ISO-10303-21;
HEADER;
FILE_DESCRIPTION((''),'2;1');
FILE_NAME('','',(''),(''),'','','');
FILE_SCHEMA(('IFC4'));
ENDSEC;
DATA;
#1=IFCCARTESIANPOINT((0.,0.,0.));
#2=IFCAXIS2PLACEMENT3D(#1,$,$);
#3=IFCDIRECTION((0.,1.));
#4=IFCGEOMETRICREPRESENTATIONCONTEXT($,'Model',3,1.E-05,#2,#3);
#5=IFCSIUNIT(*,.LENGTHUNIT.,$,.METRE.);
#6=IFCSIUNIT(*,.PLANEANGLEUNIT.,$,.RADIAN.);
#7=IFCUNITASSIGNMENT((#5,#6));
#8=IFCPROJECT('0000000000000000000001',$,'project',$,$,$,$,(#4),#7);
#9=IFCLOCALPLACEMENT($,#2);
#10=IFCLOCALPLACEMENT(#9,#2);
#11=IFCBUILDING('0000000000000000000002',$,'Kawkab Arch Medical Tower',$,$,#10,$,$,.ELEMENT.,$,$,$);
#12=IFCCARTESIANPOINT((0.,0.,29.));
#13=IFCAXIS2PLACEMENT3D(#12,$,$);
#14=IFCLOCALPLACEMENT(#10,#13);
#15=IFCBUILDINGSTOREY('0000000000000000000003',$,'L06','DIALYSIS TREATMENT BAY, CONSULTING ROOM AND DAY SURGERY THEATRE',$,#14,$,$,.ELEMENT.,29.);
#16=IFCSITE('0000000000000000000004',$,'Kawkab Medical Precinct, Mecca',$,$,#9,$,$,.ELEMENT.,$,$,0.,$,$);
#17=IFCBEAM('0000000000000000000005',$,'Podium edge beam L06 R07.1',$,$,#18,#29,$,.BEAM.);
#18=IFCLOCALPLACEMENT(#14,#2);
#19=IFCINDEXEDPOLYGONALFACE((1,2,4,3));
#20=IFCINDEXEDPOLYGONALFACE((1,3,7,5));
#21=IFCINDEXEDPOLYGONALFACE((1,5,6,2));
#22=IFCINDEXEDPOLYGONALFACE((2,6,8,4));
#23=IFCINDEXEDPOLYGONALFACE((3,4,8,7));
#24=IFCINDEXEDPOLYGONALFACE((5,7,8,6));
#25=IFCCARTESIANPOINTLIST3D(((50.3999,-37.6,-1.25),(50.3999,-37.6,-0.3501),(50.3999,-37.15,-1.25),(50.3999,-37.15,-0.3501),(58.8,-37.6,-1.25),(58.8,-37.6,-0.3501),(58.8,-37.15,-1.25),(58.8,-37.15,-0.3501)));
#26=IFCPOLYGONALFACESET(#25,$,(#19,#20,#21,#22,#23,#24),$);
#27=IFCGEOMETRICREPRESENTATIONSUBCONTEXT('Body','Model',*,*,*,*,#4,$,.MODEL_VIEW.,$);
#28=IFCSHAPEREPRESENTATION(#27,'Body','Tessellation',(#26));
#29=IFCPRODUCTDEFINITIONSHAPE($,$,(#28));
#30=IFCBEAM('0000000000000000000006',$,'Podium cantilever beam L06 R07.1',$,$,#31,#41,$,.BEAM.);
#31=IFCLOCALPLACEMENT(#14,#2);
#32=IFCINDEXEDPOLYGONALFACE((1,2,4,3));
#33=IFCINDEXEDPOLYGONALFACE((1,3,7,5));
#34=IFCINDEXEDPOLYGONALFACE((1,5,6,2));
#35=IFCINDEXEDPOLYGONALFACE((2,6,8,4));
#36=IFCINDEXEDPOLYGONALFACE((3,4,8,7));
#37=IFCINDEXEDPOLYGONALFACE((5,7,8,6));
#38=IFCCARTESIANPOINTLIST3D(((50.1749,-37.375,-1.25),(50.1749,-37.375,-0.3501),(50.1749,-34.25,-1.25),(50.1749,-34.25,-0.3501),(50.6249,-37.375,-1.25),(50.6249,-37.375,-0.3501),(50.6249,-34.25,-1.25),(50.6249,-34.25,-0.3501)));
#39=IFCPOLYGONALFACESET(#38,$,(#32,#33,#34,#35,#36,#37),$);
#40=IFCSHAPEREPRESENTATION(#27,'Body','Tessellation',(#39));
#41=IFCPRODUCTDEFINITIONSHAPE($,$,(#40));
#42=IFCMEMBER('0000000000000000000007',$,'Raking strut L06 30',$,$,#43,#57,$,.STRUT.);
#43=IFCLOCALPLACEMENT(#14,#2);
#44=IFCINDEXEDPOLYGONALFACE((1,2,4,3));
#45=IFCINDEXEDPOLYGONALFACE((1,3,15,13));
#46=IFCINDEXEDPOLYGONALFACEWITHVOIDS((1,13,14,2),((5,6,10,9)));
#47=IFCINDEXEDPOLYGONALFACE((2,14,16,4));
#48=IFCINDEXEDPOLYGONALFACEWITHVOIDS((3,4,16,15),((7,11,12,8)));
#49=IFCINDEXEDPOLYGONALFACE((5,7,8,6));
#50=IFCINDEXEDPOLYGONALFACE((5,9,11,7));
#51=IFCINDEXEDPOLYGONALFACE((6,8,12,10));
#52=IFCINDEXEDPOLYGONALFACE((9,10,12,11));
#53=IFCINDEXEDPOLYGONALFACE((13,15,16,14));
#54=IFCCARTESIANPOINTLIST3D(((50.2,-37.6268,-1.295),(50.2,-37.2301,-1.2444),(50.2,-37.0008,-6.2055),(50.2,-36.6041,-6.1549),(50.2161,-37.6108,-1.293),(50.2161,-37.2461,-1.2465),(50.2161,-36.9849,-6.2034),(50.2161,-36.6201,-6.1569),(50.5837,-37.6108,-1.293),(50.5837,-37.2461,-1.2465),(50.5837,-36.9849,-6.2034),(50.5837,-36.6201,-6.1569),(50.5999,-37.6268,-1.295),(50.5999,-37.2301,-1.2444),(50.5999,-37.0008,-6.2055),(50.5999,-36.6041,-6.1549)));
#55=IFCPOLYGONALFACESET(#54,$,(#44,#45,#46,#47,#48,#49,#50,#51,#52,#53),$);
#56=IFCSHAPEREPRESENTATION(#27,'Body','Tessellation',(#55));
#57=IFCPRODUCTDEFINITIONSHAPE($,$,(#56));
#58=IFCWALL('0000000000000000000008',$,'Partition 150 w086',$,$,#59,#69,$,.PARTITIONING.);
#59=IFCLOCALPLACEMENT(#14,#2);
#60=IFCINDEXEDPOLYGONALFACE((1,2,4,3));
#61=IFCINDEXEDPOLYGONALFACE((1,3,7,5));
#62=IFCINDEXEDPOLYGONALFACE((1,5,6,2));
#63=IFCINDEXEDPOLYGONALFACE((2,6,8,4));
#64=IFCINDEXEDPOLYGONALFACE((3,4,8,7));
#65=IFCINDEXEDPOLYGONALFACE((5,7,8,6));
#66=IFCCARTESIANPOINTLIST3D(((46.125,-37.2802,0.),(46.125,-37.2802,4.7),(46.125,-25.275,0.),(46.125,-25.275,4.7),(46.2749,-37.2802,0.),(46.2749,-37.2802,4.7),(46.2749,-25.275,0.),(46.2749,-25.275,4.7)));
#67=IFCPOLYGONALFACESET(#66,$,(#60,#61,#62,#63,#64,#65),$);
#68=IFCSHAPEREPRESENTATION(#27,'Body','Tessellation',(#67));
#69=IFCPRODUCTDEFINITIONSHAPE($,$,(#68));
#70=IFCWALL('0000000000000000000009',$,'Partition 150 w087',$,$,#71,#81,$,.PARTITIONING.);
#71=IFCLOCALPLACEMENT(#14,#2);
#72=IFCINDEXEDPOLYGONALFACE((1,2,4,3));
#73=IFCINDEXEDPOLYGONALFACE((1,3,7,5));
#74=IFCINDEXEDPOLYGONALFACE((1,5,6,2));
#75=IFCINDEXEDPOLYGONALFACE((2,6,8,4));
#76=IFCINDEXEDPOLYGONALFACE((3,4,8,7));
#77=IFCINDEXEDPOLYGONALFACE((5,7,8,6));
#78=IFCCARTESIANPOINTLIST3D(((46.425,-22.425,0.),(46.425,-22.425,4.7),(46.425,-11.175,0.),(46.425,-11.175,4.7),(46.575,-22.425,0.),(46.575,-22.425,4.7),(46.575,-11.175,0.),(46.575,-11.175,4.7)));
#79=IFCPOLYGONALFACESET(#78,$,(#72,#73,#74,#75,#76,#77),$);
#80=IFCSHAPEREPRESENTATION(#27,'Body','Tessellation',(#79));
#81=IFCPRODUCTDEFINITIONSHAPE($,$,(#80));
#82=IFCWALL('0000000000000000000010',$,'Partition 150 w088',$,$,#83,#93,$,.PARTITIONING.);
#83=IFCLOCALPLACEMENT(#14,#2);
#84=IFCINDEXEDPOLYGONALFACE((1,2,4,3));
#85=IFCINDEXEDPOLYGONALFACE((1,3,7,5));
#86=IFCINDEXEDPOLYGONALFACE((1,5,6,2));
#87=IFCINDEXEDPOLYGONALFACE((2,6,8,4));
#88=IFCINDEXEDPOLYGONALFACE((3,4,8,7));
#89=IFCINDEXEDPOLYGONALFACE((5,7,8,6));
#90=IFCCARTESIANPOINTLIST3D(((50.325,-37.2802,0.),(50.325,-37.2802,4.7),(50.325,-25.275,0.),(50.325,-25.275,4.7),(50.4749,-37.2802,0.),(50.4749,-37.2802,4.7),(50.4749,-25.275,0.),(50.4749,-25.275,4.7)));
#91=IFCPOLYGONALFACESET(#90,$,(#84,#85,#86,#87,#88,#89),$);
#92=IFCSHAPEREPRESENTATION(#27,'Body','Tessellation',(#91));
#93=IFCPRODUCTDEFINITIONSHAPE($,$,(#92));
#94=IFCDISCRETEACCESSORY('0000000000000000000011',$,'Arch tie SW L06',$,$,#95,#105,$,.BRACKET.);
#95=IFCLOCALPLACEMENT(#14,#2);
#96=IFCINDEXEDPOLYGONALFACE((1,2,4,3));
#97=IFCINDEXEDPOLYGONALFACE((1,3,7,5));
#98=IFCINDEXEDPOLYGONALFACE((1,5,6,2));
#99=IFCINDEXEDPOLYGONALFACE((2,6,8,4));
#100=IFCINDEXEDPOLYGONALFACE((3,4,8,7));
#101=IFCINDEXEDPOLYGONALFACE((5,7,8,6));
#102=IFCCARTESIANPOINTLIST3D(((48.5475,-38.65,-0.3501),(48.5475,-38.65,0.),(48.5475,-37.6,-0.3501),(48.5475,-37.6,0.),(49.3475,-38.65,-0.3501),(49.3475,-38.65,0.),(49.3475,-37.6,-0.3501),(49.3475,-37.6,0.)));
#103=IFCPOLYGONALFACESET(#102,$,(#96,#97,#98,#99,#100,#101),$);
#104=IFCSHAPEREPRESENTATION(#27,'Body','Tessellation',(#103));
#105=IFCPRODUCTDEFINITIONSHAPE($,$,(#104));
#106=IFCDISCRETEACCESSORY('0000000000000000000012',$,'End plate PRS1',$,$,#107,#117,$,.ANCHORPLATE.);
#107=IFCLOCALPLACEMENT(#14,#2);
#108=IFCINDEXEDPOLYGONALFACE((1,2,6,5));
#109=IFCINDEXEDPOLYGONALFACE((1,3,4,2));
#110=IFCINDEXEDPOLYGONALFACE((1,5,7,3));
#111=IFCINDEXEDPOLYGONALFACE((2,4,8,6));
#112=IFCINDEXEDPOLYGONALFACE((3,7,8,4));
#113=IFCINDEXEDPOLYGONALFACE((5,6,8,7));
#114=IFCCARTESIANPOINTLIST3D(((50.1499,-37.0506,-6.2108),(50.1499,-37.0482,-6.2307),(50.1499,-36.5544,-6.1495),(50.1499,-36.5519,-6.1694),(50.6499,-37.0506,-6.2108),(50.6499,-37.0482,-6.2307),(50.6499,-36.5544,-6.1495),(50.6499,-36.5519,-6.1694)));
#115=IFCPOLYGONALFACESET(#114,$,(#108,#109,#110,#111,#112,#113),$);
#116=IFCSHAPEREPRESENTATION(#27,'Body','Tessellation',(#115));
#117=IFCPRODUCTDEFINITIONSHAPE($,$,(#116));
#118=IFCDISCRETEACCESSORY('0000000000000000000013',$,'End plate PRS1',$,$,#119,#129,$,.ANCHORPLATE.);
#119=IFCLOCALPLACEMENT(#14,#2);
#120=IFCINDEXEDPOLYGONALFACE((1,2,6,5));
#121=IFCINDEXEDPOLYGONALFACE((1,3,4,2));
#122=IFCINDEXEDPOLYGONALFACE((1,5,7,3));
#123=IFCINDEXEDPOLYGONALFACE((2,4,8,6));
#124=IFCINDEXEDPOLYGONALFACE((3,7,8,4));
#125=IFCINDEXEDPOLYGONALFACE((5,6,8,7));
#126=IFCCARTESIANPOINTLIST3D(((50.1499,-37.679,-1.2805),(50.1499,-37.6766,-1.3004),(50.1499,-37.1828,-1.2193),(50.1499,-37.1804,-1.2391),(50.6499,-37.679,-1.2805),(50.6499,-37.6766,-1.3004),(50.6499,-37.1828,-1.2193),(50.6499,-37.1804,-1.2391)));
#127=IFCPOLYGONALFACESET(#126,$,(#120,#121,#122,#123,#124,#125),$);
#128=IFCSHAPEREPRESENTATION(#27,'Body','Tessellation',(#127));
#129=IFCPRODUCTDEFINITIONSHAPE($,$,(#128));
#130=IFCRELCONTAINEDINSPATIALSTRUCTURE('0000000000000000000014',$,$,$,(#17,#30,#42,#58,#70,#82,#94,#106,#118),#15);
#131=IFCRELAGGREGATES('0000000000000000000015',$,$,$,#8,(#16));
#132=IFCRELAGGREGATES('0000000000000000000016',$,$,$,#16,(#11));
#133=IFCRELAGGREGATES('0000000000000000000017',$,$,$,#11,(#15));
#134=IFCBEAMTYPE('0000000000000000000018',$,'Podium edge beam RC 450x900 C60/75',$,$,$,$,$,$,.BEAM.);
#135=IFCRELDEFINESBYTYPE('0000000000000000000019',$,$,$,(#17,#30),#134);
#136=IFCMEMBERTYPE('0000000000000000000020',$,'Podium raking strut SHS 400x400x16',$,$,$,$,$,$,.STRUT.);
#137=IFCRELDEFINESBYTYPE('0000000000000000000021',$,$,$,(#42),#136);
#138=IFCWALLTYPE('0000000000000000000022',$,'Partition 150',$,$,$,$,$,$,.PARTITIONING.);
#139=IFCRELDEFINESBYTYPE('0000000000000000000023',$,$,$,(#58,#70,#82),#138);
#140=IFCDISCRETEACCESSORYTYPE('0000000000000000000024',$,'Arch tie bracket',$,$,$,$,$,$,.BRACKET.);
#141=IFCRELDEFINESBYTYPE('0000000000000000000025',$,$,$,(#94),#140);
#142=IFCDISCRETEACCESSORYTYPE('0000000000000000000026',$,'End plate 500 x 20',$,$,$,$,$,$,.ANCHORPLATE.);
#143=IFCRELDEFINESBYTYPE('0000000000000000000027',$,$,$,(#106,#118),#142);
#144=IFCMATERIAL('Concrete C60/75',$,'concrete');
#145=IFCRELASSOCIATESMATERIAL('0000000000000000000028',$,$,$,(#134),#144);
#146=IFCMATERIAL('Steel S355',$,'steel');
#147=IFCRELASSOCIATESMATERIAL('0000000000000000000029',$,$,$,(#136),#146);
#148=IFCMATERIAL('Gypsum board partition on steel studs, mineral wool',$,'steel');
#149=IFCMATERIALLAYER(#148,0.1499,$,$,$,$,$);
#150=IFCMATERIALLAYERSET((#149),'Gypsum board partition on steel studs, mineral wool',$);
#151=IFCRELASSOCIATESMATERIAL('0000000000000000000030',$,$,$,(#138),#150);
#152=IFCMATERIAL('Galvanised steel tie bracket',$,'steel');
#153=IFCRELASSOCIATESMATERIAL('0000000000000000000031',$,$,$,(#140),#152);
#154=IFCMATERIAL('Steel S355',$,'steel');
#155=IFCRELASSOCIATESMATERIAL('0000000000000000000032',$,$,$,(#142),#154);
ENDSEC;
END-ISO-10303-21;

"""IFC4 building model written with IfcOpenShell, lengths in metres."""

from ifc_helpers import new_model, si_unit, direction, frame, frame_2d, origin, origin_2d, place, context, subcontext, project, spatial, rectangle, hollow_rectangle, extrude, material, layer, layer_set, material_profile, profile_set, type_object, element, save


model = new_model("IFC4")

# Units and contexts
model_context = context("Model", 3, precision=1e-05, world=origin(), true_north=direction((0.0, 1.0)))
body_context = subcontext(model_context, "Body", "Model", "MODEL_VIEW")
ifc_project = project(units=[si_unit("LENGTHUNIT", "METRE"), si_unit("PLANEANGLEUNIT", "RADIAN")], contexts=[model_context])

# Site, building, storey
site_placement = place(None, origin())
site = spatial("IfcSite", under=ifc_project, at=site_placement, Name="Kawkab Medical Precinct, Mecca", CompositionType="ELEMENT", RefElevation=0.0)
building_placement = place(site_placement, origin())
building = spatial("IfcBuilding", under=site, at=building_placement, Name="Kawkab Arch Medical Tower", CompositionType="ELEMENT")
storey_placement = place(building_placement, frame((0.0, 0.0, 29.0)))
storey = spatial("IfcBuildingStorey", under=building, at=storey_placement, Name="L06", Description="DIALYSIS TREATMENT BAY, CONSULTING ROOM AND DAY SURGERY THEATRE", CompositionType="ELEMENT", Elevation=29.0)

# Beams
ifc_material_1 = material(Name="Concrete C60/75", Category="concrete")
ifc_material_profile_1 = material_profile(ifc_material_1, rectangle(XDim=0.45, YDim=0.8999, at=origin_2d()), Name="RC 450x900")
ifc_profile_set_1 = profile_set([ifc_material_profile_1], Name="Concrete C60/75")
beam_type = type_object("IfcBeamType", Name="Podium edge beam RC 450x900 C60/75", PredefinedType="BEAM", material=ifc_profile_set_1)
beam_1_placement = place(storey_placement, frame((50.3999, -37.375, -0.8), z_axis=(1.0, 0.0, 0.0), x_axis=(0.0, 1.0, 0.0)))
element("IfcBeam", 1, at=beam_1_placement, inside=storey, type_object=beam_type, Name="Podium edge beam L06 R07.1", PredefinedType="BEAM", context=body_context, shape_type="SweptSolid", body=[
    extrude(rectangle(XDim=0.45, YDim=0.8999, at=origin_2d()), origin(), (0.0, 0.0, 1.0), 8.4001),
])
beam_2_placement = place(storey_placement, frame((50.3999, -34.25, -0.8), z_axis=(0.0, -1.0, 0.0), x_axis=(1.0, 0.0, 0.0)))
element("IfcBeam", 2, at=beam_2_placement, inside=storey, type_object=beam_type, Name="Podium cantilever beam L06 R07.1", PredefinedType="BEAM", context=body_context, shape_type="SweptSolid", body=[
    extrude(rectangle(XDim=0.45, YDim=0.8999, at=origin_2d()), origin(), (0.0, 0.0, 1.0), 3.125),
])

# Member
ifc_material_2 = material(Name="Steel S355", Category="steel")
ifc_material_profile_2 = material_profile(ifc_material_2, hollow_rectangle(XDim=0.3999, YDim=0.3999, WallThickness=0.0161, at=origin_2d()), Name="SHS 400x400x16")
ifc_profile_set_2 = profile_set([ifc_material_profile_2], Name="Steel S355")
member_type = type_object("IfcMemberType", Name="Podium raking strut SHS 400x400x16", PredefinedType="STRUT", material=ifc_profile_set_2)
member_placement = place(storey_placement, frame((50.3999, -36.8025, -6.1802), z_axis=(0.0, -0.126456, 0.991972), x_axis=(1.0, 0.0, 0.0)))
element("IfcMember", 3, at=member_placement, inside=storey, type_object=member_type, Name="Raking strut L06 30", PredefinedType="STRUT", context=body_context, shape_type="SweptSolid", body=[
    extrude(hollow_rectangle(XDim=0.3999, YDim=0.3999, WallThickness=0.0161, at=origin_2d()), origin(), (0.0, 0.0, 1.0), 4.9502),
])

# Walls
ifc_material_3 = material(Name="Gypsum board partition on steel studs, mineral wool", Category="steel")
ifc_layer_1 = layer(ifc_material_3, 0.1499)
ifc_layer_set_1 = layer_set([ifc_layer_1], Name="Gypsum board partition on steel studs, mineral wool")
wall_type_1 = type_object("IfcWallType", Name="Partition 150", PredefinedType="PARTITIONING", material=ifc_layer_set_1)
wall_1_placement = place(storey_placement, frame((46.2, -37.28, 0.0), z_axis=(0.0, 0.0, 1.0), x_axis=(0.0, 1.0, 0.0)))
element("IfcWall", 4, at=wall_1_placement, inside=storey, type_object=wall_type_1, Name="Partition 150 w086", PredefinedType="PARTITIONING", context=body_context, shape_type="SweptSolid", body=[
    extrude(rectangle(XDim=12.0051, YDim=0.1499, at=frame_2d((6.0024, 0.0))), origin(), (0.0, 0.0, 1.0), 4.7),
])
wall_2_placement = place(storey_placement, frame((46.5, -22.425, 0.0), z_axis=(0.0, 0.0, 1.0), x_axis=(0.0, 1.0, 0.0)))
element("IfcWall", 5, at=wall_2_placement, inside=storey, type_object=wall_type_1, Name="Partition 150 w087", PredefinedType="PARTITIONING", context=body_context, shape_type="SweptSolid", body=[
    extrude(rectangle(XDim=11.25, YDim=0.1499, at=frame_2d((5.625, 0.0))), origin(), (0.0, 0.0, 1.0), 4.7),
])
wall_3_placement = place(storey_placement, frame((50.3999, -37.28, 0.0), z_axis=(0.0, 0.0, 1.0), x_axis=(0.0, 1.0, 0.0)))
element("IfcWall", 6, at=wall_3_placement, inside=storey, type_object=wall_type_1, Name="Partition 150 w088", PredefinedType="PARTITIONING", context=body_context, shape_type="SweptSolid", body=[
    extrude(rectangle(XDim=12.0051, YDim=0.1499, at=frame_2d((6.0024, 0.0))), origin(), (0.0, 0.0, 1.0), 4.7),
])

# Discrete accessories
ifc_material_4 = material(Name="Galvanised steel tie bracket", Category="steel")
discrete_accessory_type_1 = type_object("IfcDiscreteAccessoryType", Name="Arch tie bracket", PredefinedType="BRACKET", material=ifc_material_4)
discrete_accessory_placement = place(storey_placement, frame((48.9475, -38.125, -0.3501), z_axis=(0.0, 0.0, 1.0), x_axis=(1.0, 0.0, 0.0)))
element("IfcDiscreteAccessory", 7, at=discrete_accessory_placement, inside=storey, type_object=discrete_accessory_type_1, Name="Arch tie SW L06", PredefinedType="BRACKET", context=body_context, shape_type="SweptSolid", body=[
    extrude(rectangle(XDim=0.8, YDim=1.05, at=origin_2d()), origin(), (0.0, 0.0, 1.0), 0.3501),
])
ifc_material_5 = material(Name="Steel S355", Category="steel")
ifc_material_profile_3 = material_profile(ifc_material_5, rectangle(XDim=0.5, YDim=0.5, at=origin_2d()), Name="End plate 500 x 20")
ifc_profile_set_3 = profile_set([ifc_material_profile_3], Name="Steel S355")
discrete_accessory_type_2 = type_object("IfcDiscreteAccessoryType", Name="End plate 500 x 20", PredefinedType="ANCHORPLATE", material=ifc_profile_set_3)
for number, where, z_axis, x_axis, name in (
    (8, (50.3999, -36.8025, -6.1802), (0.0, 0.122527, -0.992465), (-1.0, 0.0, 0.0), "End plate PRS1"),
    (9, (50.3999, -37.4285, -1.2698), (0.0, -0.122527, 0.992465), (1.0, 0.0, 0.0), "End plate PRS1"),
):
    element("IfcDiscreteAccessory", number, at=place(storey_placement, frame(where, z_axis=z_axis, x_axis=x_axis)), inside=storey, type_object=discrete_accessory_type_2, Name=name, PredefinedType="ANCHORPLATE", context=body_context, shape_type="SweptSolid", body=[
        extrude(rectangle(XDim=0.5, YDim=0.5, at=origin_2d()), origin(), (0.0, 0.0, 1.0), 0.02),
    ])

save(model, "model.ifc")
